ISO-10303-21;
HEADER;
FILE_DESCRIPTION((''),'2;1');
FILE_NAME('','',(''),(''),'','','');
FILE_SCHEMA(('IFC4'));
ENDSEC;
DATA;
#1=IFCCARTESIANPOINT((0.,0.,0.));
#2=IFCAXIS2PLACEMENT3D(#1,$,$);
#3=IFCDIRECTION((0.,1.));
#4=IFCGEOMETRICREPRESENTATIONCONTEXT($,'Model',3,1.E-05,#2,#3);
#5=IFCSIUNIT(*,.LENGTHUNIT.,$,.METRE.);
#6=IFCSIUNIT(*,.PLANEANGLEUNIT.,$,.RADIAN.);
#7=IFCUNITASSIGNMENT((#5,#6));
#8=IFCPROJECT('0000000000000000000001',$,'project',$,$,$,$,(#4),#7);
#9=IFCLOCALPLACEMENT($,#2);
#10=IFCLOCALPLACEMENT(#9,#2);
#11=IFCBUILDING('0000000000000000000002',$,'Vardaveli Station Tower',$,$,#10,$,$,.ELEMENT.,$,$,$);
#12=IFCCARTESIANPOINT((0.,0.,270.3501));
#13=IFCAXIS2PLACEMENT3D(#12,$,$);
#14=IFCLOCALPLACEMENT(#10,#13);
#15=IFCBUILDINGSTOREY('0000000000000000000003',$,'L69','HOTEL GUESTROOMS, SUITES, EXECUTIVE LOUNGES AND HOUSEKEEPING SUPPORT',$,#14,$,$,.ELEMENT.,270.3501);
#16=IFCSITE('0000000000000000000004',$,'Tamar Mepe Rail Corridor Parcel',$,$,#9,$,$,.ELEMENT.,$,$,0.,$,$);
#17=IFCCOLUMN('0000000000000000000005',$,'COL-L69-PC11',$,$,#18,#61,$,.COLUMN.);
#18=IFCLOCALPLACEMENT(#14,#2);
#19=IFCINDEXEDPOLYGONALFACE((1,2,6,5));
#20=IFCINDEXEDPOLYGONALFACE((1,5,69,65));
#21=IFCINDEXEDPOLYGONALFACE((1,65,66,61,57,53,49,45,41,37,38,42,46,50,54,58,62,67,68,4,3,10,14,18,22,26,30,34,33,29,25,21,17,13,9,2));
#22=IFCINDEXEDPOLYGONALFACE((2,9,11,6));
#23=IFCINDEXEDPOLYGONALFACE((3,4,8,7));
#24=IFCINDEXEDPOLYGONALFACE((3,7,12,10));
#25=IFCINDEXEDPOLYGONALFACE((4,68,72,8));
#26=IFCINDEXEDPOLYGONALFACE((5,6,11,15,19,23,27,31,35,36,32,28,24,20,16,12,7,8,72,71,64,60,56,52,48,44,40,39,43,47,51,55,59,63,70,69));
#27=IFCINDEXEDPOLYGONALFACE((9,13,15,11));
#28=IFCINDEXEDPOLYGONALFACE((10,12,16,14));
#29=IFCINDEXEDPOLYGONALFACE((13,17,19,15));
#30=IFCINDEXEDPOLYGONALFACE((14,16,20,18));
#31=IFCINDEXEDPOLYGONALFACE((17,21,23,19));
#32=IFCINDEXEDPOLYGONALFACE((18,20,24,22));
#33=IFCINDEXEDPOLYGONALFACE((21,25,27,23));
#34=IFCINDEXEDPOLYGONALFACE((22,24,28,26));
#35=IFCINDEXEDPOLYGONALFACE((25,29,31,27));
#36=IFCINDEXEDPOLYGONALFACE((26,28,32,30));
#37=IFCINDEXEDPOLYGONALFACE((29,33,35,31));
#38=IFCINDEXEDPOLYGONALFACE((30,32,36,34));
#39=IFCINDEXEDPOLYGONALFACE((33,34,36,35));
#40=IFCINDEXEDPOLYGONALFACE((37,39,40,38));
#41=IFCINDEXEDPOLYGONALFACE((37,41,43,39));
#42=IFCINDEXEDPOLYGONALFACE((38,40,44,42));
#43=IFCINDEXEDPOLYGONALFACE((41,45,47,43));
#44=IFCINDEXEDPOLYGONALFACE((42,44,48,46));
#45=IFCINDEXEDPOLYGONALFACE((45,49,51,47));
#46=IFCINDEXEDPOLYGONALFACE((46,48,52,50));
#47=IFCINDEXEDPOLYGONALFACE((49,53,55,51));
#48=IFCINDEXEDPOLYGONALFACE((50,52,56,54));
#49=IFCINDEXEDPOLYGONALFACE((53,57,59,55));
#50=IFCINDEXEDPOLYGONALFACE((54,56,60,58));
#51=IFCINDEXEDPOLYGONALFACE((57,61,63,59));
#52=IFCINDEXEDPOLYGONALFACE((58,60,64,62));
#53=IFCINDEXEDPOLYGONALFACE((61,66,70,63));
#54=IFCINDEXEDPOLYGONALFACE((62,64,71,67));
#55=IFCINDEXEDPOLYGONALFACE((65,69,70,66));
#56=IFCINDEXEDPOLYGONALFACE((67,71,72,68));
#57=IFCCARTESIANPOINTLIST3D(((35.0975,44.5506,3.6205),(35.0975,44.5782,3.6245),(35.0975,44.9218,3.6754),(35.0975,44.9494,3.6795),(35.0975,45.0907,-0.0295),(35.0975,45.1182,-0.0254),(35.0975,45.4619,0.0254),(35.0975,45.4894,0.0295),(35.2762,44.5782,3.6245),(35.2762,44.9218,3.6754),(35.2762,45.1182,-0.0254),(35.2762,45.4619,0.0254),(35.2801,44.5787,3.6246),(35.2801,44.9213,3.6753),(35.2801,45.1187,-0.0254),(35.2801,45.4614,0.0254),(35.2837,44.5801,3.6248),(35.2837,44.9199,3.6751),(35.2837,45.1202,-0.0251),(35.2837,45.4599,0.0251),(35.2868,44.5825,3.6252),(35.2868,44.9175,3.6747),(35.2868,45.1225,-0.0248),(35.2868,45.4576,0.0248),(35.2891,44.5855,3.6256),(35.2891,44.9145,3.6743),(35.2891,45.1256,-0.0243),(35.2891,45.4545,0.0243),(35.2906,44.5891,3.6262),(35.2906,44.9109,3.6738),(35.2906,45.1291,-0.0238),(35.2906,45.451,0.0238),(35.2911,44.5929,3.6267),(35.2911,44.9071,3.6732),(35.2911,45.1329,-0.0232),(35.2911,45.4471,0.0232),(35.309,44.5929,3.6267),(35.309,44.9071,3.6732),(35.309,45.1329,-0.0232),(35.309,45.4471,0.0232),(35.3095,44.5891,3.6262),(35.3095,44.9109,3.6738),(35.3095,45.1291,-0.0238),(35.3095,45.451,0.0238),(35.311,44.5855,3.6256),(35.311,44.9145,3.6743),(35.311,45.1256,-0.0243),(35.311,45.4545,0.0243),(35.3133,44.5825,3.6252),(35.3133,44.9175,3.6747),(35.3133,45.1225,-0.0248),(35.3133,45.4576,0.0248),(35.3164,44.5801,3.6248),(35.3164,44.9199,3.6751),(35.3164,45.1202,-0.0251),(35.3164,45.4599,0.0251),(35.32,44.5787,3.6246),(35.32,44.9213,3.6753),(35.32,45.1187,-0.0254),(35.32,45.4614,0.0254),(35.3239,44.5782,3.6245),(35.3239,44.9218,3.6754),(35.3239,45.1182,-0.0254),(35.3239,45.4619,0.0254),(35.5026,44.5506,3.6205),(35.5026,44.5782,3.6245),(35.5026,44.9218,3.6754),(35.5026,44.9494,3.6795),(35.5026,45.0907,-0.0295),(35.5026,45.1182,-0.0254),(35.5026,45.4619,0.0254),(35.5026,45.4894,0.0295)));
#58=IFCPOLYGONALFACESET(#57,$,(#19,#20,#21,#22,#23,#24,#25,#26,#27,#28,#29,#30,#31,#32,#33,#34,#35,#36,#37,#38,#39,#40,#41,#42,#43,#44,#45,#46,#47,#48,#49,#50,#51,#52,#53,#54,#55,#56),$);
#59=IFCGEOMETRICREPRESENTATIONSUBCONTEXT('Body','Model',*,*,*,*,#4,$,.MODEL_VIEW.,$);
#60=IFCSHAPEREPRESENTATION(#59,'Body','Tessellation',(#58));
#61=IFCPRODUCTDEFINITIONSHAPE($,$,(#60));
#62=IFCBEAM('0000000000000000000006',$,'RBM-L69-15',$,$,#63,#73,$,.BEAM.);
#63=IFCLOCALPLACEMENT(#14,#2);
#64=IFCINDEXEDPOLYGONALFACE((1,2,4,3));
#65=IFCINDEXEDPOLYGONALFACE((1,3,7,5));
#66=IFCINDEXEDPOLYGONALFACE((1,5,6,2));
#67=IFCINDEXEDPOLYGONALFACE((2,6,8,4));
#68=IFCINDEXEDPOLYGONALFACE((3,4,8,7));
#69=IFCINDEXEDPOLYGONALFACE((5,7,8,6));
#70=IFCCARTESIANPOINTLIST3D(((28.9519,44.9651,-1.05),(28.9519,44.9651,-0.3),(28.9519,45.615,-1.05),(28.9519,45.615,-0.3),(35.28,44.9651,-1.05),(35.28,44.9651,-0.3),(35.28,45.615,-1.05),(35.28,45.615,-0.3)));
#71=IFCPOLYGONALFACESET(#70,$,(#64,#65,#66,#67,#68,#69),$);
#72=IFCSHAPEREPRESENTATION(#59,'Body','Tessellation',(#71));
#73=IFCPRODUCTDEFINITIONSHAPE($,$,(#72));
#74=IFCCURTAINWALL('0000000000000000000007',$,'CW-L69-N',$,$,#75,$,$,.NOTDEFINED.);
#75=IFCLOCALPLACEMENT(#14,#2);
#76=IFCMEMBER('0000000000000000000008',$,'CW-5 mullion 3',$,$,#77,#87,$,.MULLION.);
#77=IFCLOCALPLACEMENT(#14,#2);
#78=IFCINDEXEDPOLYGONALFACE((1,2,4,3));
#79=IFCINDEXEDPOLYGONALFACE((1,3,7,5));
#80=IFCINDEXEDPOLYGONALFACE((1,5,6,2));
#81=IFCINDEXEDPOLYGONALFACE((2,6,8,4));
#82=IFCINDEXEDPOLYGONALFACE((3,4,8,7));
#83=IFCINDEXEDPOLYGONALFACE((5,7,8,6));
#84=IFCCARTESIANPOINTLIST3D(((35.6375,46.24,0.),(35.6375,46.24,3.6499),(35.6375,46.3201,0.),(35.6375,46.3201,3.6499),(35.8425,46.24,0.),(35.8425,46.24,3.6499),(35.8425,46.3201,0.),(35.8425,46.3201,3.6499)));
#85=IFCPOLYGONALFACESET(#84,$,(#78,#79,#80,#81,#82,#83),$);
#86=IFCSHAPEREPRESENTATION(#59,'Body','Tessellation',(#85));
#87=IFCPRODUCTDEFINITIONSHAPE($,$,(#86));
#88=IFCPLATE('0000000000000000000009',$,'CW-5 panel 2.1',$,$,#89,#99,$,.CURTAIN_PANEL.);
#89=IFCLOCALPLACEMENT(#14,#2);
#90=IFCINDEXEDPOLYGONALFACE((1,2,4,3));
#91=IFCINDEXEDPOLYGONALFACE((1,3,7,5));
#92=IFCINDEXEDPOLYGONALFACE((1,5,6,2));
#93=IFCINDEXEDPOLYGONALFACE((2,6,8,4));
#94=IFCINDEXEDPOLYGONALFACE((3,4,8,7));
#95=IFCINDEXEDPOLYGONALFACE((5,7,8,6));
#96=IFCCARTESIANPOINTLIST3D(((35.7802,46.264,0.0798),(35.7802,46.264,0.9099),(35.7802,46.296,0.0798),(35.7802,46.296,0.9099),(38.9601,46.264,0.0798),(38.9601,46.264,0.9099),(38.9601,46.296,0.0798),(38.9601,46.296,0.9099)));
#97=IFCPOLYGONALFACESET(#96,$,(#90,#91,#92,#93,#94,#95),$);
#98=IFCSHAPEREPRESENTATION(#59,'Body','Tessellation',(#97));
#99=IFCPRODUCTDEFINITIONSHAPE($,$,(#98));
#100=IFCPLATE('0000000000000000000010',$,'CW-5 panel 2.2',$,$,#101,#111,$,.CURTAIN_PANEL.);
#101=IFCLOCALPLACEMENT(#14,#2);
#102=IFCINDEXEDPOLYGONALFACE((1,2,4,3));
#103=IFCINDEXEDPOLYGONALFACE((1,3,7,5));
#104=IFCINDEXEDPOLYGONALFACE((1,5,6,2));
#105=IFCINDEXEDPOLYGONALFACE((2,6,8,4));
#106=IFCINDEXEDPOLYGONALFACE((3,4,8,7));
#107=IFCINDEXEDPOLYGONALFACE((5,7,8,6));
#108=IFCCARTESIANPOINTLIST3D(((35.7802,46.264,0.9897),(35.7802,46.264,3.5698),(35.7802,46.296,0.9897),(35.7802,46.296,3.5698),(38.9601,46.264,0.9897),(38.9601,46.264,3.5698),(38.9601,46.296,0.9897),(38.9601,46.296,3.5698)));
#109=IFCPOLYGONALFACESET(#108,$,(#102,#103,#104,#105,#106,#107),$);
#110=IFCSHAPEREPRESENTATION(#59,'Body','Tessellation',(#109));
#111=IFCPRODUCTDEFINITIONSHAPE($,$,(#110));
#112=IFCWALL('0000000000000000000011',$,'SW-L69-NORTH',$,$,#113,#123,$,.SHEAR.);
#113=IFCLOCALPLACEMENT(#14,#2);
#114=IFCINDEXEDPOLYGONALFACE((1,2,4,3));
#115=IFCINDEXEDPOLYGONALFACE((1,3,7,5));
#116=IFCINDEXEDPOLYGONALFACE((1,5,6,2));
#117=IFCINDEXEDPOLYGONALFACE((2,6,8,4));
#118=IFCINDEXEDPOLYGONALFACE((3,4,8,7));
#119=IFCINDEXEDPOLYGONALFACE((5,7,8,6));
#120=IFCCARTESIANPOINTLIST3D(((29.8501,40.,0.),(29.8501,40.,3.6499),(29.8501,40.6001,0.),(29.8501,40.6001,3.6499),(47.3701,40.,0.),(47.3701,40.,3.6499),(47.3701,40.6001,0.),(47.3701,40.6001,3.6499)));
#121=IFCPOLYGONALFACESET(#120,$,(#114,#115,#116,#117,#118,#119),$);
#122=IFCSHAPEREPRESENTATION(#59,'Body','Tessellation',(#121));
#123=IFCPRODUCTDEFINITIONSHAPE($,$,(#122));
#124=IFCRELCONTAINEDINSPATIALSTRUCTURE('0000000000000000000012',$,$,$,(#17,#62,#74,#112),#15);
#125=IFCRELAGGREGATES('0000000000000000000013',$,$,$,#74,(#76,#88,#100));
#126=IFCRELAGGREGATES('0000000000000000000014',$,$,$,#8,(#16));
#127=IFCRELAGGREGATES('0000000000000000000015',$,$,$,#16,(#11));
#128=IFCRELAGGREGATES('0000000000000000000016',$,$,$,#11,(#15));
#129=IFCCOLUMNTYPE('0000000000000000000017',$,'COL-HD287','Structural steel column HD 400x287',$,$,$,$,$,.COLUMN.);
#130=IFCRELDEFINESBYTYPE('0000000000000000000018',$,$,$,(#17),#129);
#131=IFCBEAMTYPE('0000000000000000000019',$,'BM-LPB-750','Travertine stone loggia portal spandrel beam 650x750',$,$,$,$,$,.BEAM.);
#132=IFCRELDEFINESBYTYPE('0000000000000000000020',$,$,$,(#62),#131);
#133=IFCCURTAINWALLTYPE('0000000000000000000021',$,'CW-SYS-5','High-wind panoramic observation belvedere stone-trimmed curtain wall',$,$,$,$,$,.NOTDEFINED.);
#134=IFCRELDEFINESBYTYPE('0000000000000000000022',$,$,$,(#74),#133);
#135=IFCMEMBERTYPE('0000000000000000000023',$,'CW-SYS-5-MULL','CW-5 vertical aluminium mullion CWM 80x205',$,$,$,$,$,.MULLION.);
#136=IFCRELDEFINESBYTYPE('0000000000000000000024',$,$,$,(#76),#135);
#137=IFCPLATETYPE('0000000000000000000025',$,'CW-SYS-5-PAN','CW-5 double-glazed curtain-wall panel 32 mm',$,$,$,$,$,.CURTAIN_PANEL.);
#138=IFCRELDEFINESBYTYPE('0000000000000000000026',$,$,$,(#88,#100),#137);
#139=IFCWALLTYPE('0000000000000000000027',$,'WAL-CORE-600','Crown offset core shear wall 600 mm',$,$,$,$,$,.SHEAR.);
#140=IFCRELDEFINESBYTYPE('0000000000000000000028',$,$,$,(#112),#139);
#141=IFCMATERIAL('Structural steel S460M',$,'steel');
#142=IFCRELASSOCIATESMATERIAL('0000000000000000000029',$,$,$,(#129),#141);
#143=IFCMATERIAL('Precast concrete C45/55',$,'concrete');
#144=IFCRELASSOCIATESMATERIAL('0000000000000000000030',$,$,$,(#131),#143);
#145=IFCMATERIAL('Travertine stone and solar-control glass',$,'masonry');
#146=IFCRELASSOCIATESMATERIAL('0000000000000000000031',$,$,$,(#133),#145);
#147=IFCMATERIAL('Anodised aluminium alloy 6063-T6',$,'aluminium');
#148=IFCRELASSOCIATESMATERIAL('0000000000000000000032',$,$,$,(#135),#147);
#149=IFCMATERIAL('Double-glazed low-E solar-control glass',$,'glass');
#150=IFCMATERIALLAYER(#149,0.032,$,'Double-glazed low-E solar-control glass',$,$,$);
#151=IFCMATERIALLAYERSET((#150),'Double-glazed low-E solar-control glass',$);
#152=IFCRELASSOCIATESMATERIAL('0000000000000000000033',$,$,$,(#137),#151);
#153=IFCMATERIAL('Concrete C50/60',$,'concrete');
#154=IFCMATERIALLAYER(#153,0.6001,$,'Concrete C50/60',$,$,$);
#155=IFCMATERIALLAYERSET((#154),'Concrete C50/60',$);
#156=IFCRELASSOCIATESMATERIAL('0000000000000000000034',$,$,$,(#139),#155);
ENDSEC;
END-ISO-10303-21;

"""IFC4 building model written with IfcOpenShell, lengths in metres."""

from ifc_helpers import new_model, si_unit, direction, frame, frame_2d, origin, origin_2d, place, context, subcontext, project, spatial, rectangle, i_section, extrude, source, transform, mapped, material, layer, layer_set, material_profile, profile_set, type_object, element, aggregate, save


model = new_model("IFC4")

# Units and contexts
model_context = context("Model", 3, precision=1e-05, world=origin(), true_north=direction((0.0, 1.0)))
body_context = subcontext(model_context, "Body", "Model", "MODEL_VIEW")
ifc_project = project(units=[si_unit("LENGTHUNIT", "METRE"), si_unit("PLANEANGLEUNIT", "RADIAN")], contexts=[model_context])

# Site, building, storey
site_placement = place(None, origin())
site = spatial("IfcSite", under=ifc_project, at=site_placement, Name="Tamar Mepe Rail Corridor Parcel", CompositionType="ELEMENT", RefElevation=0.0)
building_placement = place(site_placement, origin())
building = spatial("IfcBuilding", under=site, at=building_placement, Name="Vardaveli Station Tower", CompositionType="ELEMENT")
storey_placement = place(building_placement, frame((0.0, 0.0, 270.3501)))
storey = spatial("IfcBuildingStorey", under=building, at=storey_placement, Name="L69", Description="HOTEL GUESTROOMS, SUITES, EXECUTIVE LOUNGES AND HOUSEKEEPING SUPPORT", CompositionType="ELEMENT", Elevation=270.3501)

# Column
ifc_material_1 = material(Name="Structural steel S460M", Category="steel")
ifc_material_profile_1 = material_profile(ifc_material_1, i_section(OverallWidth=0.405, OverallDepth=0.4031, WebThickness=0.0178, FlangeThickness=0.0278, FilletRadius=0.0149, at=origin_2d()), Name="HD 400x287")
ifc_profile_set_1 = profile_set([ifc_material_profile_1], Name="Structural steel S460M")
column_type = type_object("IfcColumnType", Name="COL-HD287", Description="Structural steel column HD 400x287", PredefinedType="COLUMN", material=ifc_profile_set_1)
shared_shape_1 = source(origin(), body_context, "Body", "SweptSolid", [
    extrude(i_section(OverallWidth=0.405, OverallDepth=0.4031, WebThickness=0.0178, FlangeThickness=0.0278, FilletRadius=0.0149, at=origin_2d()), origin(), (0.0, 0.0, 1.0), 3.6897),
])
column_placement = place(storey_placement, frame((35.3, 45.29, 0.0), z_axis=(0.0, -0.146366, 0.98923), x_axis=(1.0, 0.0, 0.0)))
element("IfcColumn", 1, at=column_placement, inside=storey, type_object=column_type, Name="COL-L69-PC11", PredefinedType="COLUMN", context=body_context, shape_type="MappedRepresentation", body=[
    mapped(shared_shape_1, transform((0.0, 0.0, 0.0), scale=1.0)),
])

# Beam
ifc_material_2 = material(Name="Precast concrete C45/55", Category="concrete")
ifc_material_profile_2 = material_profile(ifc_material_2, rectangle(XDim=0.6499, YDim=0.75, at=origin_2d()), Name="LPB 650x750")
ifc_profile_set_2 = profile_set([ifc_material_profile_2], Name="Precast concrete C45/55")
beam_type = type_object("IfcBeamType", Name="BM-LPB-750", Description="Travertine stone loggia portal spandrel beam 650x750", PredefinedType="BEAM", material=ifc_profile_set_2)
shared_shape_2 = source(origin(), body_context, "Body", "SweptSolid", [
    extrude(rectangle(XDim=0.6499, YDim=0.75, at=origin_2d()), origin(), (0.0, 0.0, 1.0), 6.3281),
])
beam_placement = place(storey_placement, frame((35.28, 45.29, -0.675), z_axis=(-1.0, 0.0, 0.0), x_axis=(0.0, -1.0, 0.0)))
element("IfcBeam", 2, at=beam_placement, inside=storey, type_object=beam_type, Name="RBM-L69-15", PredefinedType="BEAM", context=body_context, shape_type="MappedRepresentation", body=[
    mapped(shared_shape_2, transform((0.0, 0.0, 0.0), scale=1.0)),
])

# Curtain wall, member, plates
ifc_material_3 = material(Name="Travertine stone and solar-control glass", Category="masonry")
curtain_wall_type = type_object("IfcCurtainWallType", Name="CW-SYS-5", Description="High-wind panoramic observation belvedere stone-trimmed curtain wall", PredefinedType="NOTDEFINED", material=ifc_material_3)
curtain_wall_placement = place(storey_placement, origin())
curtain_wall = element("IfcCurtainWall", 3, at=curtain_wall_placement, inside=storey, type_object=curtain_wall_type, Name="CW-L69-N", PredefinedType="NOTDEFINED")
ifc_material_4 = material(Name="Anodised aluminium alloy 6063-T6", Category="aluminium")
ifc_material_profile_3 = material_profile(ifc_material_4, rectangle(XDim=0.0801, YDim=0.2051, at=origin_2d()), Name="CWM 80x205")
ifc_profile_set_3 = profile_set([ifc_material_profile_3], Name="Anodised aluminium alloy 6063-T6")
member_type = type_object("IfcMemberType", Name="CW-SYS-5-MULL", Description="CW-5 vertical aluminium mullion CWM 80x205", PredefinedType="MULLION", material=ifc_profile_set_3)
shared_shape_3 = source(origin(), body_context, "Body", "SweptSolid", [
    extrude(rectangle(XDim=0.0801, YDim=0.2051, at=origin_2d()), origin(), (0.0, 0.0, 1.0), 3.6499),
])
member_placement = place(storey_placement, frame((35.74, 46.28, 0.0), z_axis=(0.0, 0.0, 1.0), x_axis=(0.0, -1.0, 0.0)))
member = element("IfcMember", 4, at=member_placement, type_object=member_type, Name="CW-5 mullion 3", PredefinedType="MULLION", context=body_context, shape_type="MappedRepresentation", body=[
    mapped(shared_shape_3, transform((0.0, 0.0, 0.0), scale=1.0)),
])
ifc_material_5 = material(Name="Double-glazed low-E solar-control glass", Category="glass")
ifc_layer_1 = layer(ifc_material_5, 0.032, Name="Double-glazed low-E solar-control glass")
ifc_layer_set_1 = layer_set([ifc_layer_1], Name="Double-glazed low-E solar-control glass")
plate_type = type_object("IfcPlateType", Name="CW-SYS-5-PAN", Description="CW-5 double-glazed curtain-wall panel 32 mm", PredefinedType="CURTAIN_PANEL", material=ifc_layer_set_1)
shared_shape_4 = source(origin(), body_context, "Body", "SweptSolid", [
    extrude(rectangle(XDim=3.1799, YDim=0.032, at=origin_2d()), origin(), (0.0, 0.0, 1.0), 0.8301),
])
plate_1_placement = place(storey_placement, frame((37.3701, 46.28, 0.0798), z_axis=(0.0, 0.0, 1.0), x_axis=(-1.0, 0.0, 0.0)))
plate_1 = element("IfcPlate", 5, at=plate_1_placement, type_object=plate_type, Name="CW-5 panel 2.1", PredefinedType="CURTAIN_PANEL", context=body_context, shape_type="MappedRepresentation", body=[
    mapped(shared_shape_4, transform((0.0, 0.0, 0.0), scale=1.0)),
])
shared_shape_5 = source(origin(), body_context, "Body", "SweptSolid", [
    extrude(rectangle(XDim=3.1799, YDim=0.032, at=origin_2d()), origin(), (0.0, 0.0, 1.0), 2.5801),
])
plate_2_placement = place(storey_placement, frame((37.3701, 46.28, 0.9897), z_axis=(0.0, 0.0, 1.0), x_axis=(-1.0, 0.0, 0.0)))
plate_2 = element("IfcPlate", 6, at=plate_2_placement, type_object=plate_type, Name="CW-5 panel 2.2", PredefinedType="CURTAIN_PANEL", context=body_context, shape_type="MappedRepresentation", body=[
    mapped(shared_shape_5, transform((0.0, 0.0, 0.0), scale=1.0)),
])
aggregate(curtain_wall, [member, plate_1, plate_2])

# Wall
ifc_material_6 = material(Name="Concrete C50/60", Category="concrete")
ifc_layer_2 = layer(ifc_material_6, 0.6001, Name="Concrete C50/60")
ifc_layer_set_2 = layer_set([ifc_layer_2], Name="Concrete C50/60")
wall_type_1 = type_object("IfcWallType", Name="WAL-CORE-600", Description="Crown offset core shear wall 600 mm", PredefinedType="SHEAR", material=ifc_layer_set_2)
shared_shape_6 = source(origin(), body_context, "Body", "SweptSolid", [
    extrude(rectangle(XDim=17.52, YDim=0.6001, at=frame_2d((8.76, 0.0))), origin(), (0.0, 0.0, 1.0), 3.6499),
])
wall_1_placement = place(storey_placement, frame((29.8501, 40.3, 0.0), z_axis=(0.0, 0.0, 1.0), x_axis=(1.0, 0.0, 0.0)))
element("IfcWall", 7, at=wall_1_placement, inside=storey, type_object=wall_type_1, Name="SW-L69-NORTH", PredefinedType="SHEAR", context=body_context, shape_type="MappedRepresentation", body=[
    mapped(shared_shape_6, transform((0.0, 0.0, 0.0), scale=1.0)),
])

save(model, "model.ifc")
